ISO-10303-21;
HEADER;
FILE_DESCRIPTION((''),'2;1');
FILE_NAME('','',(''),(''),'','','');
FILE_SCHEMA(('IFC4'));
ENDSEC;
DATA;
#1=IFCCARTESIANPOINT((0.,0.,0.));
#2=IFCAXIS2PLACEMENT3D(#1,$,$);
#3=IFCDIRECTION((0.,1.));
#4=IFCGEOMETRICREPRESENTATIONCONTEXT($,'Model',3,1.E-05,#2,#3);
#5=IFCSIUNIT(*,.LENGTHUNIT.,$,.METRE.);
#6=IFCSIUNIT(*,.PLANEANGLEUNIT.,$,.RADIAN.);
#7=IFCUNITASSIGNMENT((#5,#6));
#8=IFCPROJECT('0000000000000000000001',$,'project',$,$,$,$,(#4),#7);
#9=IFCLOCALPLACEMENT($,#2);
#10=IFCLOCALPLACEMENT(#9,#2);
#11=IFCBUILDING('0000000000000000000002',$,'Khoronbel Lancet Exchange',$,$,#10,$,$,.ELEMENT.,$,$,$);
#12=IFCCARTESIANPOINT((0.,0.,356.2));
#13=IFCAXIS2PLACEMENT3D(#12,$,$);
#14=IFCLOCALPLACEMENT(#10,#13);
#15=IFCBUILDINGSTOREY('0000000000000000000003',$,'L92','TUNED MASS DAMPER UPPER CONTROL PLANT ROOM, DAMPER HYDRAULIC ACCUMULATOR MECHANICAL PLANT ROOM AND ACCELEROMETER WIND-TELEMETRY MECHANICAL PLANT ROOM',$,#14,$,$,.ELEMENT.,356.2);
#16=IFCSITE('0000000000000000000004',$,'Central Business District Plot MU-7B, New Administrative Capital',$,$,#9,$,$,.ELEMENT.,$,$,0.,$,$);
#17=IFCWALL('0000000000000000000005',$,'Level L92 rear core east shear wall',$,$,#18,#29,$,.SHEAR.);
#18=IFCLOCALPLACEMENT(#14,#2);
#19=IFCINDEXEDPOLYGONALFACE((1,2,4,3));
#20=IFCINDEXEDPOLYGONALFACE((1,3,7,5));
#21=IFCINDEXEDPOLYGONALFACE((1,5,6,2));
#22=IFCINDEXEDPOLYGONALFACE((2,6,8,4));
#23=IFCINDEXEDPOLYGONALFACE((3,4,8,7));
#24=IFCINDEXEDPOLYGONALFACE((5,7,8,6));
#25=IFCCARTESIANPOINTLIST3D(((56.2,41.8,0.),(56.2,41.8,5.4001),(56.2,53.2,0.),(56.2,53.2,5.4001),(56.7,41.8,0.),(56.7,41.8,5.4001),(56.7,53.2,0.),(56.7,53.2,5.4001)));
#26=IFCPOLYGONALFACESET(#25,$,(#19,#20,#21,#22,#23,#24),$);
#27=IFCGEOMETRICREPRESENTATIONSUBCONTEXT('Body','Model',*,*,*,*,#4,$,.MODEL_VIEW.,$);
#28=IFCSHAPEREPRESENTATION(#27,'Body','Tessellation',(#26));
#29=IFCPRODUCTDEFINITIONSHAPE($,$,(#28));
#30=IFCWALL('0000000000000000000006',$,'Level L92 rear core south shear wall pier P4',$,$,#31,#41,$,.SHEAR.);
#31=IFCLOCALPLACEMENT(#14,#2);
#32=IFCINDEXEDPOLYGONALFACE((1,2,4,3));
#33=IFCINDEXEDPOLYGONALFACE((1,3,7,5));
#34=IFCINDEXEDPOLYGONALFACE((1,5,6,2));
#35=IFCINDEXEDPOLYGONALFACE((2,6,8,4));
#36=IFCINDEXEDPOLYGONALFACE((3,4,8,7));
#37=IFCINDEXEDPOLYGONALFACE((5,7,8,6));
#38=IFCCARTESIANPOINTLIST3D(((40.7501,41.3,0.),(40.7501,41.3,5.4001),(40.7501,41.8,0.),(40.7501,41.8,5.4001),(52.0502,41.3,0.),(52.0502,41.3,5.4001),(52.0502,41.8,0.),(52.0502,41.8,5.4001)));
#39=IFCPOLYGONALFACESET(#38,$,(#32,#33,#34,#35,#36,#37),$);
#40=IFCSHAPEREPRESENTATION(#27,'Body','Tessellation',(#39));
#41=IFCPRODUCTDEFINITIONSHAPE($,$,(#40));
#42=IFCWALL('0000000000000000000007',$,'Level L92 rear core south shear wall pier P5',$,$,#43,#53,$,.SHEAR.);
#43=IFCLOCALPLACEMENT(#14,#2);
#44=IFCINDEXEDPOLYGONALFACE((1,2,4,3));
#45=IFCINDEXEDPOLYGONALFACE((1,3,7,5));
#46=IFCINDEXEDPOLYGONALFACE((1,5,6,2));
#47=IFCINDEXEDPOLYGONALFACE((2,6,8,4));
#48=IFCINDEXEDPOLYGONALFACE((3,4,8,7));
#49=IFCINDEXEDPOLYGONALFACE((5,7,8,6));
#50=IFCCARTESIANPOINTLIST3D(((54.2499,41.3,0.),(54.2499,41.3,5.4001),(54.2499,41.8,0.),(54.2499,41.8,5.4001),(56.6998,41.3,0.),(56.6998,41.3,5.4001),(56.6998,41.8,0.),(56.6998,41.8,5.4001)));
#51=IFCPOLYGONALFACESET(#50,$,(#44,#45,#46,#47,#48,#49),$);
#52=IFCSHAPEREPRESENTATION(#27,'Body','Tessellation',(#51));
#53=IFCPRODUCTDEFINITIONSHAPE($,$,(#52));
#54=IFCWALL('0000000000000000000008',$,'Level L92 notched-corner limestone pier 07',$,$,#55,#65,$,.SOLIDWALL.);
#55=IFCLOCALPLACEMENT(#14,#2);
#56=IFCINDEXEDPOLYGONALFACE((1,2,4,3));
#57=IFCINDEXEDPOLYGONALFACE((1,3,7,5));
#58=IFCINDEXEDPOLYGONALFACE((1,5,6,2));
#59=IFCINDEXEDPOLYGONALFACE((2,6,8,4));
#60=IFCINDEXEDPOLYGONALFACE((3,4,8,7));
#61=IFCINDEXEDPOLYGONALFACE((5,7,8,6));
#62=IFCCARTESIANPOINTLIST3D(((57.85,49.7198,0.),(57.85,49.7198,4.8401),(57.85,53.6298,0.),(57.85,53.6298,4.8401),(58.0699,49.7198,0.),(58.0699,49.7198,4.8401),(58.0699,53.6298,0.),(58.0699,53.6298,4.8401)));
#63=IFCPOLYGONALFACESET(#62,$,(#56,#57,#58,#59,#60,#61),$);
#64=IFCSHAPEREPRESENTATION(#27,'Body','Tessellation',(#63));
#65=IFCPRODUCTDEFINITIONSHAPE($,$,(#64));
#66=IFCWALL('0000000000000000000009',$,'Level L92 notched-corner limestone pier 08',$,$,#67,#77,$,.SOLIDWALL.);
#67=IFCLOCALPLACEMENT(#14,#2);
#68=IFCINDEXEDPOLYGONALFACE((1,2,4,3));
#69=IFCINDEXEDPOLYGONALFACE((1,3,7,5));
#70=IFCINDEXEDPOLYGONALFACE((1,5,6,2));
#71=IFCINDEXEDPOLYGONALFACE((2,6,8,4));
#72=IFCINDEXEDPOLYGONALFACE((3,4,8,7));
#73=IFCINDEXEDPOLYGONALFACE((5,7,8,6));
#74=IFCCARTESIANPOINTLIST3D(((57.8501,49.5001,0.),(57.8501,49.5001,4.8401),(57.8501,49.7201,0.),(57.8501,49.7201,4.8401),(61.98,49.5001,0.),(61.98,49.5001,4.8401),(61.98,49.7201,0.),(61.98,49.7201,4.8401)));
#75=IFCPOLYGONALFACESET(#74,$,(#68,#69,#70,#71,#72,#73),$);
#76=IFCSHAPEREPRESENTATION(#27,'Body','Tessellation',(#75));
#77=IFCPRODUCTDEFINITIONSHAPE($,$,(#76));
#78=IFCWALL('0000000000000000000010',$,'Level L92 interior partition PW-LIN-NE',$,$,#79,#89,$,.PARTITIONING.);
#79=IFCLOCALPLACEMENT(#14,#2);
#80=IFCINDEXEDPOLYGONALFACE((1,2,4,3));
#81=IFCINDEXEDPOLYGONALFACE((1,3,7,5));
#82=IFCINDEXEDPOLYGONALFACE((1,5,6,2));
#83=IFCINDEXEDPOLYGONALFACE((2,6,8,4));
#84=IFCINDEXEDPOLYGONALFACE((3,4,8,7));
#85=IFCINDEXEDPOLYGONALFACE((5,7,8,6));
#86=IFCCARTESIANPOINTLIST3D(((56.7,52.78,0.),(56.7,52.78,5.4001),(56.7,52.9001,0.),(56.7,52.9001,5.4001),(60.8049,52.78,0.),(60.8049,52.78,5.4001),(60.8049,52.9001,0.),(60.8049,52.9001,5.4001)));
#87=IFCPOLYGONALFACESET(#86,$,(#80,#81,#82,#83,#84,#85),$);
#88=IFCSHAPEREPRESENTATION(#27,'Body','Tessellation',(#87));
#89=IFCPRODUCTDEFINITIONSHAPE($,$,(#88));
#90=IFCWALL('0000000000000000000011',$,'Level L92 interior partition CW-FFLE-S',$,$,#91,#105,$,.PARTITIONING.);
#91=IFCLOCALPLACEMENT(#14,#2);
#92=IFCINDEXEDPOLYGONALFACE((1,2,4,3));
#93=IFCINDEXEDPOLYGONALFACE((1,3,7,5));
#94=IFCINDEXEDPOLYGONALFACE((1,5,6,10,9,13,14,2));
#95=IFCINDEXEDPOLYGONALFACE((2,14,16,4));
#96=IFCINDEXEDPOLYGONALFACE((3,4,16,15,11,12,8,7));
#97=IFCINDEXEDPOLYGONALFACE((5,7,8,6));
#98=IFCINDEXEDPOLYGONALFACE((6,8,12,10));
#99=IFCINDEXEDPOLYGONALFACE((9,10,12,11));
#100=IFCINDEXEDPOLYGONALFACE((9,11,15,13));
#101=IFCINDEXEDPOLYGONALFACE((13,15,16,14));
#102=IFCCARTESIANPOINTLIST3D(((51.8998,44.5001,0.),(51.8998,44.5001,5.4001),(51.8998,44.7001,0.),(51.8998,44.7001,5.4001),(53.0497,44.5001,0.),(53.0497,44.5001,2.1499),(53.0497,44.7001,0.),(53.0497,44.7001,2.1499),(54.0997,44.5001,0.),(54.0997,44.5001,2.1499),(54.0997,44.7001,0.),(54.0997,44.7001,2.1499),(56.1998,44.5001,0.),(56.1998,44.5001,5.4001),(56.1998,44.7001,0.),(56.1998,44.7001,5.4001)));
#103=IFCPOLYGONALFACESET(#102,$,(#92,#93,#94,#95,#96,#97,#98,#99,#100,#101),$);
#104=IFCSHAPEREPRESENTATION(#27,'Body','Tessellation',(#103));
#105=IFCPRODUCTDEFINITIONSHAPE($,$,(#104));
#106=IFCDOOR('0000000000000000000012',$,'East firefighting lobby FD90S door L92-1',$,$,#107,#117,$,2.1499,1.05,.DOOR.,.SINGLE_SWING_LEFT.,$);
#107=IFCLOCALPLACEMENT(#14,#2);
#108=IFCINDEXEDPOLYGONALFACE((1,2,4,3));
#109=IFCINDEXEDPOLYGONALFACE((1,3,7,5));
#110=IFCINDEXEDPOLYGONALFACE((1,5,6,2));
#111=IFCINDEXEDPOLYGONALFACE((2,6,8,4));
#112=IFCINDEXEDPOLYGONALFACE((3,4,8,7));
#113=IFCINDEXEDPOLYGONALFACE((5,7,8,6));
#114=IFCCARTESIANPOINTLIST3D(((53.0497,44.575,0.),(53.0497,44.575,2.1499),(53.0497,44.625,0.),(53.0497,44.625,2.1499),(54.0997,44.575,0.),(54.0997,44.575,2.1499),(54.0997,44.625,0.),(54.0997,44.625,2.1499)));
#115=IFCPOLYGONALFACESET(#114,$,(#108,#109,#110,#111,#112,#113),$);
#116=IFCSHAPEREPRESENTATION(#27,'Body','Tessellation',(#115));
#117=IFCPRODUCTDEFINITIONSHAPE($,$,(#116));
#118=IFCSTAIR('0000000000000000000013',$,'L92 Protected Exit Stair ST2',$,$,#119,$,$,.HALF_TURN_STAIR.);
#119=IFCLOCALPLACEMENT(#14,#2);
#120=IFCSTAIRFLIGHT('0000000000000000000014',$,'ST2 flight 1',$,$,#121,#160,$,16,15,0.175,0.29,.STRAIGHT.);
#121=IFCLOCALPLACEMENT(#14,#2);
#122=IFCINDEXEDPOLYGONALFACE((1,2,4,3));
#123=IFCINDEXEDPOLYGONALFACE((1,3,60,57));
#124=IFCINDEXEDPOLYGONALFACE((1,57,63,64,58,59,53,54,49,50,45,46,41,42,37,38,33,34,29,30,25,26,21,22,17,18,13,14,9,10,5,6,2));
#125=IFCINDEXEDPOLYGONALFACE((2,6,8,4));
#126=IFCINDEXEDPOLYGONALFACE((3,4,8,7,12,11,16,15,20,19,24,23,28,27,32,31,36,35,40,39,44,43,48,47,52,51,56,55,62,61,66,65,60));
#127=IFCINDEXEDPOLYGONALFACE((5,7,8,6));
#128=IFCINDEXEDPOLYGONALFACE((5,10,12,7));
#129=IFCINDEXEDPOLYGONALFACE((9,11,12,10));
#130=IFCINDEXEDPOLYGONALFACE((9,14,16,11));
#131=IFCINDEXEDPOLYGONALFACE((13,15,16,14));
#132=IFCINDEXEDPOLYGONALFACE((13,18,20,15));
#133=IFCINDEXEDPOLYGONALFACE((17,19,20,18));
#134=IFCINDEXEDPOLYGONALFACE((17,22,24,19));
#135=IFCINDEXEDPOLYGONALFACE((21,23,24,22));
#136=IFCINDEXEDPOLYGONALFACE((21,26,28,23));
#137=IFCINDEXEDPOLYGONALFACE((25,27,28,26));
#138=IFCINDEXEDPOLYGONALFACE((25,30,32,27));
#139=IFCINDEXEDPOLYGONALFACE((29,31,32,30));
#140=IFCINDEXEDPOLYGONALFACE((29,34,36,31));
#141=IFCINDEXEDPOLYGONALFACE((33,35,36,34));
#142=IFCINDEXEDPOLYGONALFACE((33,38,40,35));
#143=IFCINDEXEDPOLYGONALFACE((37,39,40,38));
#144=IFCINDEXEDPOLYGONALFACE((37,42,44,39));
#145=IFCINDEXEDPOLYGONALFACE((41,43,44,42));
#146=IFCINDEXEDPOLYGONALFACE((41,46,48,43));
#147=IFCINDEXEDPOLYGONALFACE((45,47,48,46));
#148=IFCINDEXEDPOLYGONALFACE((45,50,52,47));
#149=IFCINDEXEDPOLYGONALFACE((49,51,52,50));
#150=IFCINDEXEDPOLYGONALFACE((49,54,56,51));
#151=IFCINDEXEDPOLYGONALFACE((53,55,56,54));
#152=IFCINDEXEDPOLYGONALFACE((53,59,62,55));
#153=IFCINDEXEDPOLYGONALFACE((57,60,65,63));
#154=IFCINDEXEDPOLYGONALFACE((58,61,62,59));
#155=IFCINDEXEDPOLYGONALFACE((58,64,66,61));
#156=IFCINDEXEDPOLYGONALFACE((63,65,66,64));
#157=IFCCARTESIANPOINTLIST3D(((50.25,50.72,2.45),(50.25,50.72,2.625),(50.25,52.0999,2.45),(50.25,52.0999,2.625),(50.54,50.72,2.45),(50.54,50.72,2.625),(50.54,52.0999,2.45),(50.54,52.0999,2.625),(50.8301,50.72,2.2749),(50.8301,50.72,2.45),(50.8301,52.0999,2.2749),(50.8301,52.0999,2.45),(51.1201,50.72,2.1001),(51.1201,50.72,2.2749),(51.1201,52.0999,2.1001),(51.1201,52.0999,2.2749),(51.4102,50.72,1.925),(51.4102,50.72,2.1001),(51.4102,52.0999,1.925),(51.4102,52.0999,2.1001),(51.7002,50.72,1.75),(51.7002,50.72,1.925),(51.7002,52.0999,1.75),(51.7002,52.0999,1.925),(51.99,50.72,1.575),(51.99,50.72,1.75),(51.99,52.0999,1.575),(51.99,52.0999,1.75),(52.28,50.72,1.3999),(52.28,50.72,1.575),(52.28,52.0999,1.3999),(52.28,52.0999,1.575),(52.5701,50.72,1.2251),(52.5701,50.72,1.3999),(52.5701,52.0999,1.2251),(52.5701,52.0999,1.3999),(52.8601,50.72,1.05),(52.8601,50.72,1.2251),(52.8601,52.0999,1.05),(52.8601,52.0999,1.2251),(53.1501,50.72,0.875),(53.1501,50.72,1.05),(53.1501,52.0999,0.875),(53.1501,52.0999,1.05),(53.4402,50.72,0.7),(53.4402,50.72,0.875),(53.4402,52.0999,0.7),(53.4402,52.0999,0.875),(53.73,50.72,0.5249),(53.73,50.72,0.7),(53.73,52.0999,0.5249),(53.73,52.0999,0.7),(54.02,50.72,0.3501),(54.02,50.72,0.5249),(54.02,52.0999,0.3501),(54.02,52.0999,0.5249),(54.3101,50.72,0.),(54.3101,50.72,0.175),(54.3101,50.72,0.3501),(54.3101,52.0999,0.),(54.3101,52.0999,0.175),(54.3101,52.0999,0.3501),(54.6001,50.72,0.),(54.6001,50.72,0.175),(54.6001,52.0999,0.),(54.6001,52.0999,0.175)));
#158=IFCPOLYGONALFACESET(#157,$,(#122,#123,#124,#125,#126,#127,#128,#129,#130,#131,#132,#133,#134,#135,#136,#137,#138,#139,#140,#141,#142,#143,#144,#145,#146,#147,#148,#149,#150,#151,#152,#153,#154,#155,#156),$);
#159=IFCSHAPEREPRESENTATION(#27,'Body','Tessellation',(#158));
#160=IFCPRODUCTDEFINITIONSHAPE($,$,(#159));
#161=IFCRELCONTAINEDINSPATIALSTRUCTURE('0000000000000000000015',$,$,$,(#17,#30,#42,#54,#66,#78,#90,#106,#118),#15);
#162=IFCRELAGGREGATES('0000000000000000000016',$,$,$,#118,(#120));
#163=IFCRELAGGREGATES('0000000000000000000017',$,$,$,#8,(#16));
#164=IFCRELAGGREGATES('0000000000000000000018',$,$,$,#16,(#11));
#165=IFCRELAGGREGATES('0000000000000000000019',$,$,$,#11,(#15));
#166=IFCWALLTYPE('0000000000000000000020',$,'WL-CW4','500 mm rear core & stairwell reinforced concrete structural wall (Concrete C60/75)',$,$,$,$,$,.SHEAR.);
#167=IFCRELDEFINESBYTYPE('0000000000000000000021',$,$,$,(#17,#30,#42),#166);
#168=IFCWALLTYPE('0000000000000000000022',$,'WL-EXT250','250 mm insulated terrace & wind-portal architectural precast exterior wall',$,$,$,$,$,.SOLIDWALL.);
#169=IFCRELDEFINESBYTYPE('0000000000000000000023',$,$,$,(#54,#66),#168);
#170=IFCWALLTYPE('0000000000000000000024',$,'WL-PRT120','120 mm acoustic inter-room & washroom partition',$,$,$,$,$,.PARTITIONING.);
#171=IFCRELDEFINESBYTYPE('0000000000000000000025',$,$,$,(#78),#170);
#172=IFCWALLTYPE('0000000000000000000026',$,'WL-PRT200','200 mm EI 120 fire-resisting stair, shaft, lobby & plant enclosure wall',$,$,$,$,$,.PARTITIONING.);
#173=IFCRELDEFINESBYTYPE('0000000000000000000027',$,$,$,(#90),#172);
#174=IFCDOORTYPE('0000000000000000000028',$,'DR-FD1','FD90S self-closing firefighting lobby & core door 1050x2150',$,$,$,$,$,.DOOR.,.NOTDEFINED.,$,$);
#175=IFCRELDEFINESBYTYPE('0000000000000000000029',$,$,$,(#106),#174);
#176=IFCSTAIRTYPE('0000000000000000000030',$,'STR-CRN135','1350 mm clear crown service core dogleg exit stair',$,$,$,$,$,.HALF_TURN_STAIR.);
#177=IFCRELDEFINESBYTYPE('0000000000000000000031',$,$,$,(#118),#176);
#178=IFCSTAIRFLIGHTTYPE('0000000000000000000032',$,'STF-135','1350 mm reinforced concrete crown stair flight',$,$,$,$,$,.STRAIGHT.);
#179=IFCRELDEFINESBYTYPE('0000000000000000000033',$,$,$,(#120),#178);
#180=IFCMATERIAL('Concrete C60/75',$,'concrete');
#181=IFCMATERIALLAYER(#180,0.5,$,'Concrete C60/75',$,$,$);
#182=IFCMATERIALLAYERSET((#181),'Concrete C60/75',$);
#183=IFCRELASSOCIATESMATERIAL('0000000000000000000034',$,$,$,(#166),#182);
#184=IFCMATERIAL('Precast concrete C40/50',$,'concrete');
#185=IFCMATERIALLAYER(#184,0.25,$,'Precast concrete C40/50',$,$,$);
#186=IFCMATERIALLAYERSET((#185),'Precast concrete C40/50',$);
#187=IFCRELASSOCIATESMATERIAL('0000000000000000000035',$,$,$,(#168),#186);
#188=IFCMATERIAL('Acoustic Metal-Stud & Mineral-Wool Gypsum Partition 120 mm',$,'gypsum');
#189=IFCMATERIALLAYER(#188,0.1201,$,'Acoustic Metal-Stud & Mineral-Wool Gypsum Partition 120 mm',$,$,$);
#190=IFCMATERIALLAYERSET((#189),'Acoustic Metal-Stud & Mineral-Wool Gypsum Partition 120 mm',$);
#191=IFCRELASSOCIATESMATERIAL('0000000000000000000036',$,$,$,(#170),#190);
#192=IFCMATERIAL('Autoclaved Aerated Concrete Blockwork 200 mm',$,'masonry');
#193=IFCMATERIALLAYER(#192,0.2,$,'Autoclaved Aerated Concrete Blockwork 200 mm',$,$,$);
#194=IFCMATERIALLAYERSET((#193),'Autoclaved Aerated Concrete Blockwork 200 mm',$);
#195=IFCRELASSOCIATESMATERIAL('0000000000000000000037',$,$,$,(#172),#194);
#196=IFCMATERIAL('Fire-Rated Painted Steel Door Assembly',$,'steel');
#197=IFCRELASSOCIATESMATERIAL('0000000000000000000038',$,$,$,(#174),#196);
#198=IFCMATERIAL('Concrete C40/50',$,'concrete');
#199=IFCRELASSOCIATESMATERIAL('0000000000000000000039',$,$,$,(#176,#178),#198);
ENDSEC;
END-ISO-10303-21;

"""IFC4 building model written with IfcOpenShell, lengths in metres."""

from ifc_helpers import new_model, si_unit, direction, frame, frame_2d, origin, place, context, subcontext, project, spatial, polyline, rectangle, outline, extrude, material, layer, layer_set, type_object, element, fill, aggregate, save


model = new_model("IFC4")

# Units and contexts
model_context = context("Model", 3, precision=1e-05, world=origin(), true_north=direction((0.0, 1.0)))
body_context = subcontext(model_context, "Body", "Model", "MODEL_VIEW")
ifc_project = project(units=[si_unit("LENGTHUNIT", "METRE"), si_unit("PLANEANGLEUNIT", "RADIAN")], contexts=[model_context])

# Site, building, storey
site_placement = place(None, origin())
site = spatial("IfcSite", under=ifc_project, at=site_placement, Name="Central Business District Plot MU-7B, New Administrative Capital", CompositionType="ELEMENT", RefElevation=0.0)
building_placement = place(site_placement, origin())
building = spatial("IfcBuilding", under=site, at=building_placement, Name="Khoronbel Lancet Exchange", CompositionType="ELEMENT")
storey_placement = place(building_placement, frame((0.0, 0.0, 356.2)))
storey = spatial("IfcBuildingStorey", under=building, at=storey_placement, Name="L92", Description="TUNED MASS DAMPER UPPER CONTROL PLANT ROOM, DAMPER HYDRAULIC ACCUMULATOR MECHANICAL PLANT ROOM AND ACCELEROMETER WIND-TELEMETRY MECHANICAL PLANT ROOM", CompositionType="ELEMENT", Elevation=356.2)

# Shared definitions
ifc_material_1 = material(Name="Concrete C60/75", Category="concrete")

# Walls
ifc_layer_1 = layer(ifc_material_1, 0.5, Name="Concrete C60/75")
ifc_layer_set_1 = layer_set([ifc_layer_1], Name="Concrete C60/75")
wall_type_1 = type_object("IfcWallType", Name="WL-CW4", Description="500 mm rear core & stairwell reinforced concrete structural wall (Concrete C60/75)", PredefinedType="SHEAR", material=ifc_layer_set_1)
wall_1_placement = place(storey_placement, frame((56.45, 53.2, 0.0), z_axis=(0.0, 0.0, 1.0), x_axis=(0.0, -1.0, 0.0)))
element("IfcWall", 1, at=wall_1_placement, inside=storey, type_object=wall_type_1, Name="Level L92 rear core east shear wall", PredefinedType="SHEAR", context=body_context, shape_type="SweptSolid", body=[
    extrude(rectangle(XDim=11.3999, YDim=0.5, at=frame_2d((5.7, 0.0))), origin(), (0.0, 0.0, 1.0), 5.4001),
])
wall_2_placement = place(storey_placement, frame((52.05, 41.55, 0.0), z_axis=(0.0, 0.0, 1.0), x_axis=(-1.0, 0.0, 0.0)))
element("IfcWall", 2, at=wall_2_placement, inside=storey, type_object=wall_type_1, Name="Level L92 rear core south shear wall pier P4", PredefinedType="SHEAR", context=body_context, shape_type="SweptSolid", body=[
    extrude(rectangle(XDim=11.3, YDim=0.5, at=frame_2d((5.6499, 0.0))), origin(), (0.0, 0.0, 1.0), 5.4001),
])
wall_3_placement = place(storey_placement, frame((56.7, 41.55, 0.0), z_axis=(0.0, 0.0, 1.0), x_axis=(-1.0, 0.0, 0.0)))
element("IfcWall", 3, at=wall_3_placement, inside=storey, type_object=wall_type_1, Name="Level L92 rear core south shear wall pier P5", PredefinedType="SHEAR", context=body_context, shape_type="SweptSolid", body=[
    extrude(rectangle(XDim=2.45, YDim=0.5, at=frame_2d((1.2251, 0.0))), origin(), (0.0, 0.0, 1.0), 5.4001),
])
ifc_material_2 = material(Name="Precast concrete C40/50", Category="concrete")
ifc_layer_2 = layer(ifc_material_2, 0.25, Name="Precast concrete C40/50")
ifc_layer_set_2 = layer_set([ifc_layer_2], Name="Precast concrete C40/50")
wall_type_2 = type_object("IfcWallType", Name="WL-EXT250", Description="250 mm insulated terrace & wind-portal architectural precast exterior wall", PredefinedType="SOLIDWALL", material=ifc_layer_set_2)
wall_4_placement = place(storey_placement, frame((57.96, 53.6299, 0.0), z_axis=(0.0, 0.0, 1.0), x_axis=(0.0, -1.0, 0.0)))
element("IfcWall", 4, at=wall_4_placement, inside=storey, type_object=wall_type_2, Name="Level L92 notched-corner limestone pier 07", PredefinedType="SOLIDWALL", context=body_context, shape_type="SweptSolid", body=[
    extrude(rectangle(XDim=3.9099, YDim=0.22, at=frame_2d((1.9551, 0.0))), origin(), (0.0, 0.0, 1.0), 4.8401),
])
wall_5_placement = place(storey_placement, frame((57.8501, 49.6101, 0.0), z_axis=(0.0, 0.0, 1.0), x_axis=(1.0, 0.0, 0.0)))
element("IfcWall", 5, at=wall_5_placement, inside=storey, type_object=wall_type_2, Name="Level L92 notched-corner limestone pier 08", PredefinedType="SOLIDWALL", context=body_context, shape_type="SweptSolid", body=[
    extrude(rectangle(XDim=4.1299, YDim=0.22, at=frame_2d((2.0649, 0.0))), origin(), (0.0, 0.0, 1.0), 4.8401),
])
ifc_material_3 = material(Name="Acoustic Metal-Stud & Mineral-Wool Gypsum Partition 120 mm", Category="gypsum")
ifc_layer_3 = layer(ifc_material_3, 0.1201, Name="Acoustic Metal-Stud & Mineral-Wool Gypsum Partition 120 mm")
ifc_layer_set_3 = layer_set([ifc_layer_3], Name="Acoustic Metal-Stud & Mineral-Wool Gypsum Partition 120 mm")
wall_type_3 = type_object("IfcWallType", Name="WL-PRT120", Description="120 mm acoustic inter-room & washroom partition", PredefinedType="PARTITIONING", material=ifc_layer_set_3)
wall_6_placement = place(storey_placement, frame((56.7, 52.8401, 0.0), z_axis=(0.0, 0.0, 1.0), x_axis=(1.0, 0.0, 0.0)))
element("IfcWall", 6, at=wall_6_placement, inside=storey, type_object=wall_type_3, Name="Level L92 interior partition PW-LIN-NE", PredefinedType="PARTITIONING", context=body_context, shape_type="SweptSolid", body=[
    extrude(rectangle(XDim=4.105, YDim=0.1201, at=frame_2d((2.0525, 0.0))), origin(), (0.0, 0.0, 1.0), 5.4001),
])

# Wall, opening, door
ifc_material_4 = material(Name="Autoclaved Aerated Concrete Blockwork 200 mm", Category="masonry")
ifc_layer_4 = layer(ifc_material_4, 0.2, Name="Autoclaved Aerated Concrete Blockwork 200 mm")
ifc_layer_set_4 = layer_set([ifc_layer_4], Name="Autoclaved Aerated Concrete Blockwork 200 mm")
wall_type_4 = type_object("IfcWallType", Name="WL-PRT200", Description="200 mm EI 120 fire-resisting stair, shaft, lobby & plant enclosure wall", PredefinedType="PARTITIONING", material=ifc_layer_set_4)
wall_7_placement = place(storey_placement, frame((51.8999, 44.6001, 0.0), z_axis=(0.0, 0.0, 1.0), x_axis=(1.0, 0.0, 0.0)))
wall_7 = element("IfcWall", 7, at=wall_7_placement, inside=storey, type_object=wall_type_4, Name="Level L92 interior partition CW-FFLE-S", PredefinedType="PARTITIONING", context=body_context, shape_type="SweptSolid", body=[
    extrude(rectangle(XDim=4.3, YDim=0.2, at=frame_2d((2.1499, 0.0))), origin(), (0.0, 0.0, 1.0), 5.4001),
])
opening_placement = place(wall_7_placement, frame((1.1499, 0.0, 0.0)))
opening = element("IfcOpeningElement", 8, at=opening_placement, cuts=wall_7, PredefinedType="OPENING", context=body_context, shape_type="SweptSolid", body=[
    extrude(rectangle(XDim=1.05, YDim=2.1499, at=frame_2d((0.5249, 1.075))), frame((0.0, 0.1099, 0.0), z_axis=(0.0, -1.0, 0.0), x_axis=(1.0, 0.0, 0.0)), (0.0, 0.0, 1.0), 0.22),
])
ifc_material_5 = material(Name="Fire-Rated Painted Steel Door Assembly", Category="steel")
door_type = type_object("IfcDoorType", Name="DR-FD1", Description="FD90S self-closing firefighting lobby & core door 1050x2150", OperationType="NOTDEFINED", PredefinedType="DOOR", material=ifc_material_5)
door_placement = place(opening_placement, origin())
door = element("IfcDoor", 9, at=door_placement, inside=storey, type_object=door_type, Name="East firefighting lobby FD90S door L92-1", OperationType="SINGLE_SWING_LEFT", OverallHeight=2.1499, OverallWidth=1.05, PredefinedType="DOOR", context=body_context, shape_type="SweptSolid", body=[
    extrude(rectangle(XDim=1.05, YDim=2.1499, at=frame_2d((0.5249, 1.075))), frame((0.0, 0.0249, 0.0), z_axis=(0.0, -1.0, 0.0), x_axis=(1.0, 0.0, 0.0)), (0.0, 0.0, 1.0), 0.05),
])
fill(opening, door)

# Stair, stair flight
ifc_material_6 = material(Name="Concrete C40/50", Category="concrete")
stair_type = type_object("IfcStairType", Name="STR-CRN135", Description="1350 mm clear crown service core dogleg exit stair", PredefinedType="HALF_TURN_STAIR", material=ifc_material_6)
stair_placement = place(storey_placement, origin())
stair = element("IfcStair", 10, at=stair_placement, inside=storey, type_object=stair_type, Name="L92 Protected Exit Stair ST2", PredefinedType="HALF_TURN_STAIR")
stair_flight_type = type_object("IfcStairFlightType", Name="STF-135", Description="1350 mm reinforced concrete crown stair flight", PredefinedType="STRAIGHT", material=ifc_material_6)
stair_flight_placement = place(storey_placement, frame((54.6001, 51.4099, 0.0), z_axis=(0.0, 0.0, 1.0), x_axis=(-1.0, 0.0, 0.0)))
stair_flight = element("IfcStairFlight", 11, at=stair_flight_placement, type_object=stair_flight_type, Name="ST2 flight 1", NumberOfRisers=16, NumberOfTreads=15, PredefinedType="STRAIGHT", RiserHeight=0.175, TreadLength=0.29, context=body_context, shape_type="SweptSolid", body=[
    extrude(outline(polyline([(0.0, 0.0), (0.0, 0.175), (0.29, 0.175), (0.29, 0.3501), (0.5801, 0.3501), (0.5801, 0.5249), (0.8701, 0.5249), (0.8701, 0.7), (1.1599, 0.7), (1.1599, 0.875), (1.45, 0.875), (1.45, 1.05), (1.74, 1.05), (1.74, 1.2251), (2.03, 1.2251), (2.03, 1.3999), (2.3201, 1.3999), (2.3201, 1.575), (2.6101, 1.575), (2.6101, 1.75), (2.8999, 1.75), (2.8999, 1.925), (3.1899, 1.925), (3.1899, 2.1001), (3.48, 2.1001), (3.48, 2.2749), (3.77, 2.2749), (3.77, 2.45), (4.0601, 2.45), (4.0601, 2.625), (4.3501, 2.625), (4.3501, 2.8), (4.3501, 2.45), (0.29, 0.0), (0.0, 0.0)])), frame((0.0, 0.6899, 0.0), z_axis=(0.0, -1.0, 0.0), x_axis=(1.0, 0.0, 0.0)), (0.0, 0.0, 1.0), 1.3799),
])
aggregate(stair, [stair_flight])

save(model, "model.ifc")
